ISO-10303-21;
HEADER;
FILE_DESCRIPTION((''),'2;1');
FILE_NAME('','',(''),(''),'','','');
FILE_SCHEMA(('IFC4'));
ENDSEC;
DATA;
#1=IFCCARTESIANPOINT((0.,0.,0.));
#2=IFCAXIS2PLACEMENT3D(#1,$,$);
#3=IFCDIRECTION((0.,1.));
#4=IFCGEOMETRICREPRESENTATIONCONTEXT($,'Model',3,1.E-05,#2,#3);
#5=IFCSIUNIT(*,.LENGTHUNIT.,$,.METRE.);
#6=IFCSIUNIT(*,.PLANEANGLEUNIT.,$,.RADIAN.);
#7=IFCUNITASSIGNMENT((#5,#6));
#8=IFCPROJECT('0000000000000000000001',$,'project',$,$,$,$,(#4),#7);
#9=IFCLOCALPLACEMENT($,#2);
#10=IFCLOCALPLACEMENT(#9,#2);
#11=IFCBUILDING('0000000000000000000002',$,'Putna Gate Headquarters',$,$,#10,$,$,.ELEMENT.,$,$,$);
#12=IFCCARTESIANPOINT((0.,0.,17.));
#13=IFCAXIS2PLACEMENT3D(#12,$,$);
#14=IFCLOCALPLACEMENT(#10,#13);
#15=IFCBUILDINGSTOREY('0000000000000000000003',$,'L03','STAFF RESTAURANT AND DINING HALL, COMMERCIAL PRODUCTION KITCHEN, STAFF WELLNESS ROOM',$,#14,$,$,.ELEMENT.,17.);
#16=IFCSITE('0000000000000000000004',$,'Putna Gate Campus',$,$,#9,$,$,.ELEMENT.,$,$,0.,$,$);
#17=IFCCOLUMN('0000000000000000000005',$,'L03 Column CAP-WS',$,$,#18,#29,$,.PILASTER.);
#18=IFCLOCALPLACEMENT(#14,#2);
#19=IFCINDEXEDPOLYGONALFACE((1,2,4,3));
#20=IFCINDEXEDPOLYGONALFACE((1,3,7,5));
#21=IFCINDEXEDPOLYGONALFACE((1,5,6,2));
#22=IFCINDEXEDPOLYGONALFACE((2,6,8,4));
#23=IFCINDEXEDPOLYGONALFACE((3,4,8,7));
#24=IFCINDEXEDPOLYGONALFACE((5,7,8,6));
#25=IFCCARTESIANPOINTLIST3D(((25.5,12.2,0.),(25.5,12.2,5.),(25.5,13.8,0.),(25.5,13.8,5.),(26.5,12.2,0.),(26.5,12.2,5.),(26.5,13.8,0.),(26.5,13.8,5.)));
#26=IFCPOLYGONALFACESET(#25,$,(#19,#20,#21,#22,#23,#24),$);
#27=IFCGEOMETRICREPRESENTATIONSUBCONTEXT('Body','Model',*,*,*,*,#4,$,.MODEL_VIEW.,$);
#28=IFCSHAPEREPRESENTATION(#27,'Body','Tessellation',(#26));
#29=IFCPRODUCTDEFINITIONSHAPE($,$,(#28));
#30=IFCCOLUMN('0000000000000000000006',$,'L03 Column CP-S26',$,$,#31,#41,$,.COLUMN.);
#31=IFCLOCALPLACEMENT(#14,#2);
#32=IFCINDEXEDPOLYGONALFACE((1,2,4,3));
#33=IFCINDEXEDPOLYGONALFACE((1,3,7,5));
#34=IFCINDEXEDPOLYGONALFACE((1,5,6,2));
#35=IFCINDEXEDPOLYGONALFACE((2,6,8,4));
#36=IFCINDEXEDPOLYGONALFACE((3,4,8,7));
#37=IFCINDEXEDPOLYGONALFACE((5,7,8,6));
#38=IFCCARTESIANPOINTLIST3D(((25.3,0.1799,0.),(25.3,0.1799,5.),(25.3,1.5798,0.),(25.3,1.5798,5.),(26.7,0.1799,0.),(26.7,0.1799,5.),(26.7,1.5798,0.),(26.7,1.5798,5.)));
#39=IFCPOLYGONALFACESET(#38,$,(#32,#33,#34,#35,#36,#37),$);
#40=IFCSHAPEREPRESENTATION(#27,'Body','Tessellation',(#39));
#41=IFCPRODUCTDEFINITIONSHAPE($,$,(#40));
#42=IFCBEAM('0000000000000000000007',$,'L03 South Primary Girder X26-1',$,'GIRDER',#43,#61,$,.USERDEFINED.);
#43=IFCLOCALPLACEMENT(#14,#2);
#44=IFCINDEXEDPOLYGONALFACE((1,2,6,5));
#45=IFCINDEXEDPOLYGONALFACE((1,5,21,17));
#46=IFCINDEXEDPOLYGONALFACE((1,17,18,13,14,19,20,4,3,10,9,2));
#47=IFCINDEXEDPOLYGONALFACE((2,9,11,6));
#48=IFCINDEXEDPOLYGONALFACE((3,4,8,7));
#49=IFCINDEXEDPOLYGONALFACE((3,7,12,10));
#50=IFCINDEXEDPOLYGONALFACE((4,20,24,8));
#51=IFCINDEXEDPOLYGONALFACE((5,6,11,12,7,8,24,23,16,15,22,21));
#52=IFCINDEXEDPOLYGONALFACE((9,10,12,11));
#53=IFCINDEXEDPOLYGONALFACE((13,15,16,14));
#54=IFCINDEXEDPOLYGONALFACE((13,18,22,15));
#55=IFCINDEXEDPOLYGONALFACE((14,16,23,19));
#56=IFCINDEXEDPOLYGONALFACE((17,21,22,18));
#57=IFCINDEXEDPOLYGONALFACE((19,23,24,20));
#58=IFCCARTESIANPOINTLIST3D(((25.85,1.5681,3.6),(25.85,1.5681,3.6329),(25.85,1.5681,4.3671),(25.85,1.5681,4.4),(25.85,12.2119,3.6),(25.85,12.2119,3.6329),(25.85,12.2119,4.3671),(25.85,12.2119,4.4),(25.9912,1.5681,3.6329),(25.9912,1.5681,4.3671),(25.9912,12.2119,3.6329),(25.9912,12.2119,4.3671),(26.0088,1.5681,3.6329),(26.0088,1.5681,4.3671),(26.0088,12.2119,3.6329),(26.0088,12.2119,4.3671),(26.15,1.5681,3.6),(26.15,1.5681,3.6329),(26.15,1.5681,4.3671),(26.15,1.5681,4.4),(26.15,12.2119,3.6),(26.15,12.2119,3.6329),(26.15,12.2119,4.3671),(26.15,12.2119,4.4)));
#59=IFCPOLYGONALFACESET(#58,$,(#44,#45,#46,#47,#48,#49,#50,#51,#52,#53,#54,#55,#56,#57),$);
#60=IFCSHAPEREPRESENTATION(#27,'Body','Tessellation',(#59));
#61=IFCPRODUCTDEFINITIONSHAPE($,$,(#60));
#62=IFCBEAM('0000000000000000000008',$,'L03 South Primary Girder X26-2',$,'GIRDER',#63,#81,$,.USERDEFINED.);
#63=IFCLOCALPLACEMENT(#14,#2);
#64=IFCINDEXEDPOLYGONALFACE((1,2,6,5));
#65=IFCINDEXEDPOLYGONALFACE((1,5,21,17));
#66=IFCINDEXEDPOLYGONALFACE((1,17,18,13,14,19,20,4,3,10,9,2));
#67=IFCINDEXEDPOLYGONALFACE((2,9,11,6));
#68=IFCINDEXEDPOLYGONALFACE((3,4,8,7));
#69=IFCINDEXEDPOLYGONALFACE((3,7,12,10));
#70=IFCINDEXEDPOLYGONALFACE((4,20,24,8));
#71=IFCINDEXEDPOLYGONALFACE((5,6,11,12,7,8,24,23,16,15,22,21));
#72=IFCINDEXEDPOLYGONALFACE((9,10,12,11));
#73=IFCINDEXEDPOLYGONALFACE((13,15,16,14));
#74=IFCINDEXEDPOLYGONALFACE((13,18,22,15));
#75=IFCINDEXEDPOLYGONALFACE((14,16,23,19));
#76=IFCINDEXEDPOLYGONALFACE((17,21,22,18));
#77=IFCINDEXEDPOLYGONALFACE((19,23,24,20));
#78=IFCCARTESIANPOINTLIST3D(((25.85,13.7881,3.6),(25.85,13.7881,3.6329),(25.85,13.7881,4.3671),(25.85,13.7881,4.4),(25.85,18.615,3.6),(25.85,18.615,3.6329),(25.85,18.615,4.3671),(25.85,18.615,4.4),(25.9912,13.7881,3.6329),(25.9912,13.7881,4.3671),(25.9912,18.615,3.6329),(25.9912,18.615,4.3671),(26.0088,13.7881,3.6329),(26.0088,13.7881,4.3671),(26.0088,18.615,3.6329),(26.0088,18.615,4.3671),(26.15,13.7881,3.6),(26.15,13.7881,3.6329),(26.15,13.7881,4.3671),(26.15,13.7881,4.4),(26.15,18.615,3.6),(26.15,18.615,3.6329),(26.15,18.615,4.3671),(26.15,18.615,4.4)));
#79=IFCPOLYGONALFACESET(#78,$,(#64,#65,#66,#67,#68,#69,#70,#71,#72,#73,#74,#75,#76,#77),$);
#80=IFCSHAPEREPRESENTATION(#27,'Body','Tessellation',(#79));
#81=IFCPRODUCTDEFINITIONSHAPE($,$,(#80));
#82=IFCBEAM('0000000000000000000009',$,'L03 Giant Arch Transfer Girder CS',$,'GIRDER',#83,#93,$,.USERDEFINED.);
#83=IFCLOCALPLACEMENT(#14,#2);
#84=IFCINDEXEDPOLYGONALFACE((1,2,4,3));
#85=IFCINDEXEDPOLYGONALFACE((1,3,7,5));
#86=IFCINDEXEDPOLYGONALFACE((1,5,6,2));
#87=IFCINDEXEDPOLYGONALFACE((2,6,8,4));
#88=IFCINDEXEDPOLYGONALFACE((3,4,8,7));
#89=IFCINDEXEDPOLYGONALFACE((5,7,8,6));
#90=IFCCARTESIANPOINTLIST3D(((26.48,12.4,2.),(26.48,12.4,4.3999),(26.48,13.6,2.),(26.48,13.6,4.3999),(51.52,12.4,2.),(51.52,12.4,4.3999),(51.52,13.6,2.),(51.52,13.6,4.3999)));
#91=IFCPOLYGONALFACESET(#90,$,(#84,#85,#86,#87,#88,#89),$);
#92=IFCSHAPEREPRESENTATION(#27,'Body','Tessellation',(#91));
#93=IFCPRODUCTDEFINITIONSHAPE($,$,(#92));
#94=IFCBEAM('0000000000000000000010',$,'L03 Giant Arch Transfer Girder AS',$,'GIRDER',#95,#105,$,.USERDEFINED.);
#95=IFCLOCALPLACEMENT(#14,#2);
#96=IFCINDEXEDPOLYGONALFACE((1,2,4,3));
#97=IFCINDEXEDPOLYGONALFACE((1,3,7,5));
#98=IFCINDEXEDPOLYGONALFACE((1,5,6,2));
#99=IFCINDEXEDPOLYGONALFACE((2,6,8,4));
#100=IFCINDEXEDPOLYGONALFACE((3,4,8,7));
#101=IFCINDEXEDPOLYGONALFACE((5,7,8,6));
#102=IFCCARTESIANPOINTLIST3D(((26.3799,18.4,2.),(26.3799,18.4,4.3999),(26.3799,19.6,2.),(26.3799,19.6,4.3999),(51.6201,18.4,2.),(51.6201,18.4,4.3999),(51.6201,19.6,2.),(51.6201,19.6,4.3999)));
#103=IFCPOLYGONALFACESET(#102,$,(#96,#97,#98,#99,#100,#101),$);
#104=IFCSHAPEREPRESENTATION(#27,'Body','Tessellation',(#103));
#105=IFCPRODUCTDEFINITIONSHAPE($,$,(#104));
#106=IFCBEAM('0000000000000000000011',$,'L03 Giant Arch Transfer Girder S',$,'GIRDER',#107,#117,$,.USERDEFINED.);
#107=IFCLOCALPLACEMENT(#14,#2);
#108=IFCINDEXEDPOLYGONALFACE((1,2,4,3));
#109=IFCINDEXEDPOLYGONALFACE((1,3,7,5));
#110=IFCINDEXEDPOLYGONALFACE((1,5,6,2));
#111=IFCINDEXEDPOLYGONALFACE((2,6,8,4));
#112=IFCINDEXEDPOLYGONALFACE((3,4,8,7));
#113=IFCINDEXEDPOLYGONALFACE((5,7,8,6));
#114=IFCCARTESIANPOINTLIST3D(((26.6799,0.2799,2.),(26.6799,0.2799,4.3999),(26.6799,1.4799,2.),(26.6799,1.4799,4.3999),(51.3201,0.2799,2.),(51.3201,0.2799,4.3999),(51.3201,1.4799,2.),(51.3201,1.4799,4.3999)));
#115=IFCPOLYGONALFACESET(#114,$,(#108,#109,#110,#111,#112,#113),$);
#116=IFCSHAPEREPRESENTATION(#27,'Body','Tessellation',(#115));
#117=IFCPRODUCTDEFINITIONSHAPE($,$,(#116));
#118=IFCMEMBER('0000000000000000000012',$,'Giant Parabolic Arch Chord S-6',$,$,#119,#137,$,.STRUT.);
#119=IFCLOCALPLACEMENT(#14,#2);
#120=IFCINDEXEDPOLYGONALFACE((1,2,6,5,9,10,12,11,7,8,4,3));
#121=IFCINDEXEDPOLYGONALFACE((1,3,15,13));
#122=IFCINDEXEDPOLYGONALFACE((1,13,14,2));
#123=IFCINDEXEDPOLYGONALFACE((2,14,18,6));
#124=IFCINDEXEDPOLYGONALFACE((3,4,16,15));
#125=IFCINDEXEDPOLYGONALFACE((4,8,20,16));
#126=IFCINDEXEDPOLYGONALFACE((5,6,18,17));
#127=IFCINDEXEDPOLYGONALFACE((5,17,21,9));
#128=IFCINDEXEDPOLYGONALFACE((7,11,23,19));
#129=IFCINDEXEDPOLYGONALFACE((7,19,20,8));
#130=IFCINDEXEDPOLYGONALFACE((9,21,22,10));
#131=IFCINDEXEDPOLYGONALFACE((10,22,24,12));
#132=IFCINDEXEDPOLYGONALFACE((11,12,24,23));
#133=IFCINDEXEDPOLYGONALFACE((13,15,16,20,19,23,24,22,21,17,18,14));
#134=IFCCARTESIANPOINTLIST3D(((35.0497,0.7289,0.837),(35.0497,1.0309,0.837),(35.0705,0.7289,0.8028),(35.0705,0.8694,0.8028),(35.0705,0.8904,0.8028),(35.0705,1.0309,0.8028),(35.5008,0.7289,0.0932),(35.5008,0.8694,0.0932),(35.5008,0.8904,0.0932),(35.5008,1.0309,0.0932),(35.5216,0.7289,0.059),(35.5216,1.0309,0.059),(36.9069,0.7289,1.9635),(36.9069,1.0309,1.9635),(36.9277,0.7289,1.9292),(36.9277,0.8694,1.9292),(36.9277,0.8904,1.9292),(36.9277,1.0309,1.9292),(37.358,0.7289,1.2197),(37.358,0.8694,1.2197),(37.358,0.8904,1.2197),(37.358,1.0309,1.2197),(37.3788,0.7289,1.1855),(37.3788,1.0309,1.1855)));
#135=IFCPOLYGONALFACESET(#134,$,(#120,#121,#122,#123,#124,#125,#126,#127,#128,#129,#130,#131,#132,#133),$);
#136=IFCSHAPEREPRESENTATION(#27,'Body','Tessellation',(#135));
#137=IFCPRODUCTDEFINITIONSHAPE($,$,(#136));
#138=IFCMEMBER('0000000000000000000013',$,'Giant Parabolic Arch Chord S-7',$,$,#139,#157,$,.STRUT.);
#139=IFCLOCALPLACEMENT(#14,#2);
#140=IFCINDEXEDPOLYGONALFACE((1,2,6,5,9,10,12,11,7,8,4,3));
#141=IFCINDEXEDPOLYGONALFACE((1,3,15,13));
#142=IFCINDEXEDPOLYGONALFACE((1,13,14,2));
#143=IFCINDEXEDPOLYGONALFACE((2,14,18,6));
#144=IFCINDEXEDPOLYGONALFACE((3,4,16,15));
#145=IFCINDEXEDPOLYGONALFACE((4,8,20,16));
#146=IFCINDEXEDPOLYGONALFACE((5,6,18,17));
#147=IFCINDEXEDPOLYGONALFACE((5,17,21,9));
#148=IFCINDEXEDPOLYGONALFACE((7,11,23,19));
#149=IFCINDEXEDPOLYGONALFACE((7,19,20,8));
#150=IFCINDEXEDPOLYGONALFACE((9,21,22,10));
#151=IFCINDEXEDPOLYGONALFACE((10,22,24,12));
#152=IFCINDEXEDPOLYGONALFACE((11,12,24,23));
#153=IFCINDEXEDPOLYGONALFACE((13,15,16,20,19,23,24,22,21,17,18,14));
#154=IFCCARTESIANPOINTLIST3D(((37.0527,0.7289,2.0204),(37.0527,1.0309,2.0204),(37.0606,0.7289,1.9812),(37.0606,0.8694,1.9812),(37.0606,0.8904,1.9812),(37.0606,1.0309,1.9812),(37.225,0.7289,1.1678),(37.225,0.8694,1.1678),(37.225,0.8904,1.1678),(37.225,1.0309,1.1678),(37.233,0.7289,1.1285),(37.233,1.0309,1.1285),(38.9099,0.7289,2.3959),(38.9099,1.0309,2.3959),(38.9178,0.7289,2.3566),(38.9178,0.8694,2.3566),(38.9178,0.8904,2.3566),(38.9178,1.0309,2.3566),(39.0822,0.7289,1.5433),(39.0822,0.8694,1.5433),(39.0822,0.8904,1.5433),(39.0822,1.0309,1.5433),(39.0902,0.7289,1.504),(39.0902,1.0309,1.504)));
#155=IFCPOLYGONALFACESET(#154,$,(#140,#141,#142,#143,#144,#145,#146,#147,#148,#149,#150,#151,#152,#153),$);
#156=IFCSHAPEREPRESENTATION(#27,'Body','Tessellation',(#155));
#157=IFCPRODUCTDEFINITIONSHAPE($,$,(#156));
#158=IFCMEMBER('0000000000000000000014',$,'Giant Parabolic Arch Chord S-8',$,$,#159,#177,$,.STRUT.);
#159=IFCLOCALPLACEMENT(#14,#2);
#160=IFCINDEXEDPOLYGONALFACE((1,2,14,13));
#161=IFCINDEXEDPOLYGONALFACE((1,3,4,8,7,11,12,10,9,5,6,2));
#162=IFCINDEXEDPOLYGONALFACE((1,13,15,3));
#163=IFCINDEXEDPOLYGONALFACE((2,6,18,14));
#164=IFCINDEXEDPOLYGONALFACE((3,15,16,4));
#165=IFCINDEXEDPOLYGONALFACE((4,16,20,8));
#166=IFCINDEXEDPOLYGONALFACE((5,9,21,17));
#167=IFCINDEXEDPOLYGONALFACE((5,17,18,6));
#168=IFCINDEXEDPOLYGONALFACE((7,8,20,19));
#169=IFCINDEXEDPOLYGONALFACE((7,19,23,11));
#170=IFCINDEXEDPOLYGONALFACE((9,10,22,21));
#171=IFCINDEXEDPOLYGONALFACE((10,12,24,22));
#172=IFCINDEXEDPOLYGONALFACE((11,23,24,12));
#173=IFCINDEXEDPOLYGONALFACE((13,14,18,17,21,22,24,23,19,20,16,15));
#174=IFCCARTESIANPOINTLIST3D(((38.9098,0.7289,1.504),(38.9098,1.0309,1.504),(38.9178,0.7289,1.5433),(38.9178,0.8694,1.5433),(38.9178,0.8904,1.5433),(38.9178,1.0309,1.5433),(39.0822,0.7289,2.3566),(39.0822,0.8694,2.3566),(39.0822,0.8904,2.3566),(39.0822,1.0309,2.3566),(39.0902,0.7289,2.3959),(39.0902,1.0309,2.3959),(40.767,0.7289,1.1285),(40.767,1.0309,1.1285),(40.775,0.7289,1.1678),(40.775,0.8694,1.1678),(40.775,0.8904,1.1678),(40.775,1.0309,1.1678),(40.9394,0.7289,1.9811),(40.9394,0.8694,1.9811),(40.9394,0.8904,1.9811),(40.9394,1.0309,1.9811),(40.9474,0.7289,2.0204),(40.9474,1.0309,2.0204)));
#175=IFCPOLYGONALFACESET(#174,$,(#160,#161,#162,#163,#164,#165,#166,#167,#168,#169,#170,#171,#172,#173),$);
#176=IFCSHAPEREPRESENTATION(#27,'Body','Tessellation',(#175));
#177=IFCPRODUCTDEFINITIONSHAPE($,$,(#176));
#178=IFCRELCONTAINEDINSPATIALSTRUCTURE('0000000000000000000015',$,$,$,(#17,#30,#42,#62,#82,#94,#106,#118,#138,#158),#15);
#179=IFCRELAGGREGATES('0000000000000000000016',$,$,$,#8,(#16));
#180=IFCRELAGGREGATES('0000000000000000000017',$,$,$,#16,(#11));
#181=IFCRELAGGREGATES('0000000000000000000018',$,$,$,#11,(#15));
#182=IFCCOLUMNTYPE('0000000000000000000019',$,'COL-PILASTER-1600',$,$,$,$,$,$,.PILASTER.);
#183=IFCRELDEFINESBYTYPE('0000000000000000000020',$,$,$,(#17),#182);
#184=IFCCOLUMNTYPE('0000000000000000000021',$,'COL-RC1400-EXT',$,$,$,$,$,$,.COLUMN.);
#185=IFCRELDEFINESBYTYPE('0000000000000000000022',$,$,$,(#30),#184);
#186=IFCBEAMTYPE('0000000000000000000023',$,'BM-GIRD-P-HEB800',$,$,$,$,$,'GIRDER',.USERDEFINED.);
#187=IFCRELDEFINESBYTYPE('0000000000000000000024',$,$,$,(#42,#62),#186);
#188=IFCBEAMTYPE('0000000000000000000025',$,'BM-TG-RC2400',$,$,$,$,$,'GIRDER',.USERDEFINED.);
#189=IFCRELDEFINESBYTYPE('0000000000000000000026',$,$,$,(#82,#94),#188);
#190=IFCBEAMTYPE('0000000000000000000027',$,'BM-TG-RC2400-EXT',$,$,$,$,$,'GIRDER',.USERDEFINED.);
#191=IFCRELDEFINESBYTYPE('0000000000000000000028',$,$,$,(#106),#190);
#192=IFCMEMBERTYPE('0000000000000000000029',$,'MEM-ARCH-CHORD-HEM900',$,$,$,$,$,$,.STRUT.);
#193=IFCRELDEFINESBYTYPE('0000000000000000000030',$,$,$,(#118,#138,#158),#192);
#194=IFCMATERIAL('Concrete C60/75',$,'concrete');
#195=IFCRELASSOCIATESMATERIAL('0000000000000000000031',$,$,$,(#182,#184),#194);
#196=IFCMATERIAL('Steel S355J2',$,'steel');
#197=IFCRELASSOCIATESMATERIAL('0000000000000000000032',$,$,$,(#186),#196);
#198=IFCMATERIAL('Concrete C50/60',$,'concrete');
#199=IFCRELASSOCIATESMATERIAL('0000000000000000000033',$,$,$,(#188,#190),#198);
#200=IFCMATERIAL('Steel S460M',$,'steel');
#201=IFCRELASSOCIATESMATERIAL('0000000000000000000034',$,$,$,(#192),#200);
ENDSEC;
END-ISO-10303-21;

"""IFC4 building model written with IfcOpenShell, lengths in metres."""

from ifc_helpers import new_model, si_unit, direction, frame, origin, origin_2d, place, context, subcontext, project, spatial, rectangle, i_section, extrude, material, material_profile, profile_set, type_object, element, save


model = new_model("IFC4")

# Units and contexts
model_context = context("Model", 3, precision=1e-05, world=origin(), true_north=direction((0.0, 1.0)))
body_context = subcontext(model_context, "Body", "Model", "MODEL_VIEW")
ifc_project = project(units=[si_unit("LENGTHUNIT", "METRE"), si_unit("PLANEANGLEUNIT", "RADIAN")], contexts=[model_context])

# Site, building, storey
site_placement = place(None, origin())
site = spatial("IfcSite", under=ifc_project, at=site_placement, Name="Putna Gate Campus", CompositionType="ELEMENT", RefElevation=0.0)
building_placement = place(site_placement, origin())
building = spatial("IfcBuilding", under=site, at=building_placement, Name="Putna Gate Headquarters", CompositionType="ELEMENT")
storey_placement = place(building_placement, frame((0.0, 0.0, 17.0)))
storey = spatial("IfcBuildingStorey", under=building, at=storey_placement, Name="L03", Description="STAFF RESTAURANT AND DINING HALL, COMMERCIAL PRODUCTION KITCHEN, STAFF WELLNESS ROOM", CompositionType="ELEMENT", Elevation=17.0)

# Columns
ifc_material_1 = material(Name="Concrete C60/75", Category="concrete")
ifc_material_profile_1 = material_profile(ifc_material_1, rectangle(XDim=1.0, YDim=1.6001, at=origin_2d()), Name="Concrete C60/75")
ifc_profile_set_1 = profile_set([ifc_material_profile_1], Name="Concrete C60/75")
column_type_1 = type_object("IfcColumnType", Name="COL-PILASTER-1600", PredefinedType="PILASTER", material=ifc_profile_set_1)
column_1_placement = place(storey_placement, frame((26.0, 13.0, 0.0), z_axis=(0.0, 0.0, 1.0), x_axis=(1.0, 0.0, 0.0)))
element("IfcColumn", 1, at=column_1_placement, inside=storey, type_object=column_type_1, Name="L03 Column CAP-WS", PredefinedType="PILASTER", context=body_context, shape_type="SweptSolid", body=[
    extrude(rectangle(XDim=1.0, YDim=1.6001, at=origin_2d()), origin(), (0.0, 0.0, 1.0), 5.0),
])
ifc_material_profile_2 = material_profile(ifc_material_1, rectangle(XDim=1.3999, YDim=1.3999, at=origin_2d()), Name="Concrete C60/75")
ifc_profile_set_2 = profile_set([ifc_material_profile_2], Name="Concrete C60/75")
column_type_2 = type_object("IfcColumnType", Name="COL-RC1400-EXT", PredefinedType="COLUMN", material=ifc_profile_set_2)
column_2_placement = place(storey_placement, frame((26.0, 0.8799, 0.0), z_axis=(0.0, 0.0, 1.0), x_axis=(1.0, 0.0, 0.0)))
element("IfcColumn", 2, at=column_2_placement, inside=storey, type_object=column_type_2, Name="L03 Column CP-S26", PredefinedType="COLUMN", context=body_context, shape_type="SweptSolid", body=[
    extrude(rectangle(XDim=1.3999, YDim=1.3999, at=origin_2d()), origin(), (0.0, 0.0, 1.0), 5.0),
])

# Beams
ifc_material_2 = material(Name="Steel S355J2", Category="steel")
ifc_material_profile_3 = material_profile(ifc_material_2, i_section(OverallWidth=0.3, OverallDepth=0.8, WebThickness=0.0176, FlangeThickness=0.033, at=origin_2d()), Name="Steel S355J2")
ifc_profile_set_3 = profile_set([ifc_material_profile_3], Name="Steel S355J2")
beam_type_1 = type_object("IfcBeamType", Name="BM-GIRD-P-HEB800", ElementType="GIRDER", PredefinedType="USERDEFINED", material=ifc_profile_set_3)
beam_1_placement = place(storey_placement, frame((26.0, 1.5681, 4.0), z_axis=(0.0, 1.0, 0.0), x_axis=(-1.0, 0.0, 0.0)))
element("IfcBeam", 3, at=beam_1_placement, inside=storey, type_object=beam_type_1, Name="L03 South Primary Girder X26-1", ObjectType="GIRDER", PredefinedType="USERDEFINED", context=body_context, shape_type="SweptSolid", body=[
    extrude(i_section(OverallWidth=0.3, OverallDepth=0.8, WebThickness=0.0176, FlangeThickness=0.033, at=origin_2d()), origin(), (0.0, 0.0, 1.0), 10.6438),
])
beam_2_placement = place(storey_placement, frame((26.0, 13.7881, 4.0), z_axis=(0.0, 1.0, 0.0), x_axis=(-1.0, 0.0, 0.0)))
element("IfcBeam", 4, at=beam_2_placement, inside=storey, type_object=beam_type_1, Name="L03 South Primary Girder X26-2", ObjectType="GIRDER", PredefinedType="USERDEFINED", context=body_context, shape_type="SweptSolid", body=[
    extrude(i_section(OverallWidth=0.3, OverallDepth=0.8, WebThickness=0.0176, FlangeThickness=0.033, at=origin_2d()), origin(), (0.0, 0.0, 1.0), 4.8269),
])
ifc_material_3 = material(Name="Concrete C50/60", Category="concrete")
ifc_material_profile_4 = material_profile(ifc_material_3, rectangle(XDim=1.2, YDim=2.3999, at=origin_2d()), Name="Concrete C50/60")
ifc_profile_set_4 = profile_set([ifc_material_profile_4], Name="Concrete C50/60")
beam_type_2 = type_object("IfcBeamType", Name="BM-TG-RC2400", ElementType="GIRDER", PredefinedType="USERDEFINED", material=ifc_profile_set_4)
beam_3_placement = place(storey_placement, frame((26.48, 13.0, 3.2), z_axis=(1.0, 0.0, 0.0), x_axis=(0.0, 1.0, 0.0)))
element("IfcBeam", 5, at=beam_3_placement, inside=storey, type_object=beam_type_2, Name="L03 Giant Arch Transfer Girder CS", ObjectType="GIRDER", PredefinedType="USERDEFINED", context=body_context, shape_type="SweptSolid", body=[
    extrude(rectangle(XDim=1.2, YDim=2.3999, at=origin_2d()), origin(), (0.0, 0.0, 1.0), 25.04),
])
beam_4_placement = place(storey_placement, frame((26.3799, 19.0, 3.2), z_axis=(1.0, 0.0, 0.0), x_axis=(0.0, 1.0, 0.0)))
element("IfcBeam", 6, at=beam_4_placement, inside=storey, type_object=beam_type_2, Name="L03 Giant Arch Transfer Girder AS", ObjectType="GIRDER", PredefinedType="USERDEFINED", context=body_context, shape_type="SweptSolid", body=[
    extrude(rectangle(XDim=1.2, YDim=2.3999, at=origin_2d()), origin(), (0.0, 0.0, 1.0), 25.2402),
])
ifc_material_profile_5 = material_profile(ifc_material_3, rectangle(XDim=1.2, YDim=2.3999, at=origin_2d()), Name="Concrete C50/60")
ifc_profile_set_5 = profile_set([ifc_material_profile_5], Name="Concrete C50/60")
beam_type_3 = type_object("IfcBeamType", Name="BM-TG-RC2400-EXT", ElementType="GIRDER", PredefinedType="USERDEFINED", material=ifc_profile_set_5)
beam_5_placement = place(storey_placement, frame((26.6799, 0.8799, 3.2), z_axis=(1.0, 0.0, 0.0), x_axis=(0.0, 1.0, 0.0)))
element("IfcBeam", 7, at=beam_5_placement, inside=storey, type_object=beam_type_3, Name="L03 Giant Arch Transfer Girder S", ObjectType="GIRDER", PredefinedType="USERDEFINED", context=body_context, shape_type="SweptSolid", body=[
    extrude(rectangle(XDim=1.2, YDim=2.3999, at=origin_2d()), origin(), (0.0, 0.0, 1.0), 24.6401),
])

# Members
ifc_material_4 = material(Name="Steel S460M", Category="steel")
ifc_material_profile_6 = material_profile(ifc_material_4, i_section(OverallWidth=0.302, OverallDepth=0.9099, WebThickness=0.021, FlangeThickness=0.04, at=origin_2d()), Name="Steel S460M")
ifc_profile_set_6 = profile_set([ifc_material_profile_6], Name="Steel S460M")
member_type_1 = type_object("IfcMemberType", Name="MEM-ARCH-CHORD-HEM900", PredefinedType="STRUT", material=ifc_profile_set_6)
member_1_placement = place(storey_placement, frame((35.2856, 0.8799, 0.448), z_axis=(0.855014, 0.0, 0.518606), x_axis=(0.0, 1.0, 0.0)))
element("IfcMember", 8, at=member_1_placement, inside=storey, type_object=member_type_1, Name="Giant Parabolic Arch Chord S-6", PredefinedType="STRUT", context=body_context, shape_type="SweptSolid", body=[
    extrude(i_section(OverallWidth=0.302, OverallDepth=0.9099, WebThickness=0.021, FlangeThickness=0.04, at=origin_2d()), origin(), (0.0, 0.0, 1.0), 2.1721),
])
for number, where, z_axis, x_axis, name in (
    (9, (37.1428, 0.8799, 1.5745), (0.980167, 0.0, 0.198172), (0.0, 1.0, 0.0), "Giant Parabolic Arch Chord S-7"),
    (10, (39.0, 0.8799, 1.95), (0.980167, 0.0, -0.198172), (0.0, 1.0, 0.0), "Giant Parabolic Arch Chord S-8"),
):
    element("IfcMember", number, at=place(storey_placement, frame(where, z_axis=z_axis, x_axis=x_axis)), inside=storey, type_object=member_type_1, Name=name, PredefinedType="STRUT", context=body_context, shape_type="SweptSolid", body=[
        extrude(i_section(OverallWidth=0.302, OverallDepth=0.9099, WebThickness=0.021, FlangeThickness=0.04, at=origin_2d()), origin(), (0.0, 0.0, 1.0), 1.8948),
    ])

save(model, "model.ifc")
